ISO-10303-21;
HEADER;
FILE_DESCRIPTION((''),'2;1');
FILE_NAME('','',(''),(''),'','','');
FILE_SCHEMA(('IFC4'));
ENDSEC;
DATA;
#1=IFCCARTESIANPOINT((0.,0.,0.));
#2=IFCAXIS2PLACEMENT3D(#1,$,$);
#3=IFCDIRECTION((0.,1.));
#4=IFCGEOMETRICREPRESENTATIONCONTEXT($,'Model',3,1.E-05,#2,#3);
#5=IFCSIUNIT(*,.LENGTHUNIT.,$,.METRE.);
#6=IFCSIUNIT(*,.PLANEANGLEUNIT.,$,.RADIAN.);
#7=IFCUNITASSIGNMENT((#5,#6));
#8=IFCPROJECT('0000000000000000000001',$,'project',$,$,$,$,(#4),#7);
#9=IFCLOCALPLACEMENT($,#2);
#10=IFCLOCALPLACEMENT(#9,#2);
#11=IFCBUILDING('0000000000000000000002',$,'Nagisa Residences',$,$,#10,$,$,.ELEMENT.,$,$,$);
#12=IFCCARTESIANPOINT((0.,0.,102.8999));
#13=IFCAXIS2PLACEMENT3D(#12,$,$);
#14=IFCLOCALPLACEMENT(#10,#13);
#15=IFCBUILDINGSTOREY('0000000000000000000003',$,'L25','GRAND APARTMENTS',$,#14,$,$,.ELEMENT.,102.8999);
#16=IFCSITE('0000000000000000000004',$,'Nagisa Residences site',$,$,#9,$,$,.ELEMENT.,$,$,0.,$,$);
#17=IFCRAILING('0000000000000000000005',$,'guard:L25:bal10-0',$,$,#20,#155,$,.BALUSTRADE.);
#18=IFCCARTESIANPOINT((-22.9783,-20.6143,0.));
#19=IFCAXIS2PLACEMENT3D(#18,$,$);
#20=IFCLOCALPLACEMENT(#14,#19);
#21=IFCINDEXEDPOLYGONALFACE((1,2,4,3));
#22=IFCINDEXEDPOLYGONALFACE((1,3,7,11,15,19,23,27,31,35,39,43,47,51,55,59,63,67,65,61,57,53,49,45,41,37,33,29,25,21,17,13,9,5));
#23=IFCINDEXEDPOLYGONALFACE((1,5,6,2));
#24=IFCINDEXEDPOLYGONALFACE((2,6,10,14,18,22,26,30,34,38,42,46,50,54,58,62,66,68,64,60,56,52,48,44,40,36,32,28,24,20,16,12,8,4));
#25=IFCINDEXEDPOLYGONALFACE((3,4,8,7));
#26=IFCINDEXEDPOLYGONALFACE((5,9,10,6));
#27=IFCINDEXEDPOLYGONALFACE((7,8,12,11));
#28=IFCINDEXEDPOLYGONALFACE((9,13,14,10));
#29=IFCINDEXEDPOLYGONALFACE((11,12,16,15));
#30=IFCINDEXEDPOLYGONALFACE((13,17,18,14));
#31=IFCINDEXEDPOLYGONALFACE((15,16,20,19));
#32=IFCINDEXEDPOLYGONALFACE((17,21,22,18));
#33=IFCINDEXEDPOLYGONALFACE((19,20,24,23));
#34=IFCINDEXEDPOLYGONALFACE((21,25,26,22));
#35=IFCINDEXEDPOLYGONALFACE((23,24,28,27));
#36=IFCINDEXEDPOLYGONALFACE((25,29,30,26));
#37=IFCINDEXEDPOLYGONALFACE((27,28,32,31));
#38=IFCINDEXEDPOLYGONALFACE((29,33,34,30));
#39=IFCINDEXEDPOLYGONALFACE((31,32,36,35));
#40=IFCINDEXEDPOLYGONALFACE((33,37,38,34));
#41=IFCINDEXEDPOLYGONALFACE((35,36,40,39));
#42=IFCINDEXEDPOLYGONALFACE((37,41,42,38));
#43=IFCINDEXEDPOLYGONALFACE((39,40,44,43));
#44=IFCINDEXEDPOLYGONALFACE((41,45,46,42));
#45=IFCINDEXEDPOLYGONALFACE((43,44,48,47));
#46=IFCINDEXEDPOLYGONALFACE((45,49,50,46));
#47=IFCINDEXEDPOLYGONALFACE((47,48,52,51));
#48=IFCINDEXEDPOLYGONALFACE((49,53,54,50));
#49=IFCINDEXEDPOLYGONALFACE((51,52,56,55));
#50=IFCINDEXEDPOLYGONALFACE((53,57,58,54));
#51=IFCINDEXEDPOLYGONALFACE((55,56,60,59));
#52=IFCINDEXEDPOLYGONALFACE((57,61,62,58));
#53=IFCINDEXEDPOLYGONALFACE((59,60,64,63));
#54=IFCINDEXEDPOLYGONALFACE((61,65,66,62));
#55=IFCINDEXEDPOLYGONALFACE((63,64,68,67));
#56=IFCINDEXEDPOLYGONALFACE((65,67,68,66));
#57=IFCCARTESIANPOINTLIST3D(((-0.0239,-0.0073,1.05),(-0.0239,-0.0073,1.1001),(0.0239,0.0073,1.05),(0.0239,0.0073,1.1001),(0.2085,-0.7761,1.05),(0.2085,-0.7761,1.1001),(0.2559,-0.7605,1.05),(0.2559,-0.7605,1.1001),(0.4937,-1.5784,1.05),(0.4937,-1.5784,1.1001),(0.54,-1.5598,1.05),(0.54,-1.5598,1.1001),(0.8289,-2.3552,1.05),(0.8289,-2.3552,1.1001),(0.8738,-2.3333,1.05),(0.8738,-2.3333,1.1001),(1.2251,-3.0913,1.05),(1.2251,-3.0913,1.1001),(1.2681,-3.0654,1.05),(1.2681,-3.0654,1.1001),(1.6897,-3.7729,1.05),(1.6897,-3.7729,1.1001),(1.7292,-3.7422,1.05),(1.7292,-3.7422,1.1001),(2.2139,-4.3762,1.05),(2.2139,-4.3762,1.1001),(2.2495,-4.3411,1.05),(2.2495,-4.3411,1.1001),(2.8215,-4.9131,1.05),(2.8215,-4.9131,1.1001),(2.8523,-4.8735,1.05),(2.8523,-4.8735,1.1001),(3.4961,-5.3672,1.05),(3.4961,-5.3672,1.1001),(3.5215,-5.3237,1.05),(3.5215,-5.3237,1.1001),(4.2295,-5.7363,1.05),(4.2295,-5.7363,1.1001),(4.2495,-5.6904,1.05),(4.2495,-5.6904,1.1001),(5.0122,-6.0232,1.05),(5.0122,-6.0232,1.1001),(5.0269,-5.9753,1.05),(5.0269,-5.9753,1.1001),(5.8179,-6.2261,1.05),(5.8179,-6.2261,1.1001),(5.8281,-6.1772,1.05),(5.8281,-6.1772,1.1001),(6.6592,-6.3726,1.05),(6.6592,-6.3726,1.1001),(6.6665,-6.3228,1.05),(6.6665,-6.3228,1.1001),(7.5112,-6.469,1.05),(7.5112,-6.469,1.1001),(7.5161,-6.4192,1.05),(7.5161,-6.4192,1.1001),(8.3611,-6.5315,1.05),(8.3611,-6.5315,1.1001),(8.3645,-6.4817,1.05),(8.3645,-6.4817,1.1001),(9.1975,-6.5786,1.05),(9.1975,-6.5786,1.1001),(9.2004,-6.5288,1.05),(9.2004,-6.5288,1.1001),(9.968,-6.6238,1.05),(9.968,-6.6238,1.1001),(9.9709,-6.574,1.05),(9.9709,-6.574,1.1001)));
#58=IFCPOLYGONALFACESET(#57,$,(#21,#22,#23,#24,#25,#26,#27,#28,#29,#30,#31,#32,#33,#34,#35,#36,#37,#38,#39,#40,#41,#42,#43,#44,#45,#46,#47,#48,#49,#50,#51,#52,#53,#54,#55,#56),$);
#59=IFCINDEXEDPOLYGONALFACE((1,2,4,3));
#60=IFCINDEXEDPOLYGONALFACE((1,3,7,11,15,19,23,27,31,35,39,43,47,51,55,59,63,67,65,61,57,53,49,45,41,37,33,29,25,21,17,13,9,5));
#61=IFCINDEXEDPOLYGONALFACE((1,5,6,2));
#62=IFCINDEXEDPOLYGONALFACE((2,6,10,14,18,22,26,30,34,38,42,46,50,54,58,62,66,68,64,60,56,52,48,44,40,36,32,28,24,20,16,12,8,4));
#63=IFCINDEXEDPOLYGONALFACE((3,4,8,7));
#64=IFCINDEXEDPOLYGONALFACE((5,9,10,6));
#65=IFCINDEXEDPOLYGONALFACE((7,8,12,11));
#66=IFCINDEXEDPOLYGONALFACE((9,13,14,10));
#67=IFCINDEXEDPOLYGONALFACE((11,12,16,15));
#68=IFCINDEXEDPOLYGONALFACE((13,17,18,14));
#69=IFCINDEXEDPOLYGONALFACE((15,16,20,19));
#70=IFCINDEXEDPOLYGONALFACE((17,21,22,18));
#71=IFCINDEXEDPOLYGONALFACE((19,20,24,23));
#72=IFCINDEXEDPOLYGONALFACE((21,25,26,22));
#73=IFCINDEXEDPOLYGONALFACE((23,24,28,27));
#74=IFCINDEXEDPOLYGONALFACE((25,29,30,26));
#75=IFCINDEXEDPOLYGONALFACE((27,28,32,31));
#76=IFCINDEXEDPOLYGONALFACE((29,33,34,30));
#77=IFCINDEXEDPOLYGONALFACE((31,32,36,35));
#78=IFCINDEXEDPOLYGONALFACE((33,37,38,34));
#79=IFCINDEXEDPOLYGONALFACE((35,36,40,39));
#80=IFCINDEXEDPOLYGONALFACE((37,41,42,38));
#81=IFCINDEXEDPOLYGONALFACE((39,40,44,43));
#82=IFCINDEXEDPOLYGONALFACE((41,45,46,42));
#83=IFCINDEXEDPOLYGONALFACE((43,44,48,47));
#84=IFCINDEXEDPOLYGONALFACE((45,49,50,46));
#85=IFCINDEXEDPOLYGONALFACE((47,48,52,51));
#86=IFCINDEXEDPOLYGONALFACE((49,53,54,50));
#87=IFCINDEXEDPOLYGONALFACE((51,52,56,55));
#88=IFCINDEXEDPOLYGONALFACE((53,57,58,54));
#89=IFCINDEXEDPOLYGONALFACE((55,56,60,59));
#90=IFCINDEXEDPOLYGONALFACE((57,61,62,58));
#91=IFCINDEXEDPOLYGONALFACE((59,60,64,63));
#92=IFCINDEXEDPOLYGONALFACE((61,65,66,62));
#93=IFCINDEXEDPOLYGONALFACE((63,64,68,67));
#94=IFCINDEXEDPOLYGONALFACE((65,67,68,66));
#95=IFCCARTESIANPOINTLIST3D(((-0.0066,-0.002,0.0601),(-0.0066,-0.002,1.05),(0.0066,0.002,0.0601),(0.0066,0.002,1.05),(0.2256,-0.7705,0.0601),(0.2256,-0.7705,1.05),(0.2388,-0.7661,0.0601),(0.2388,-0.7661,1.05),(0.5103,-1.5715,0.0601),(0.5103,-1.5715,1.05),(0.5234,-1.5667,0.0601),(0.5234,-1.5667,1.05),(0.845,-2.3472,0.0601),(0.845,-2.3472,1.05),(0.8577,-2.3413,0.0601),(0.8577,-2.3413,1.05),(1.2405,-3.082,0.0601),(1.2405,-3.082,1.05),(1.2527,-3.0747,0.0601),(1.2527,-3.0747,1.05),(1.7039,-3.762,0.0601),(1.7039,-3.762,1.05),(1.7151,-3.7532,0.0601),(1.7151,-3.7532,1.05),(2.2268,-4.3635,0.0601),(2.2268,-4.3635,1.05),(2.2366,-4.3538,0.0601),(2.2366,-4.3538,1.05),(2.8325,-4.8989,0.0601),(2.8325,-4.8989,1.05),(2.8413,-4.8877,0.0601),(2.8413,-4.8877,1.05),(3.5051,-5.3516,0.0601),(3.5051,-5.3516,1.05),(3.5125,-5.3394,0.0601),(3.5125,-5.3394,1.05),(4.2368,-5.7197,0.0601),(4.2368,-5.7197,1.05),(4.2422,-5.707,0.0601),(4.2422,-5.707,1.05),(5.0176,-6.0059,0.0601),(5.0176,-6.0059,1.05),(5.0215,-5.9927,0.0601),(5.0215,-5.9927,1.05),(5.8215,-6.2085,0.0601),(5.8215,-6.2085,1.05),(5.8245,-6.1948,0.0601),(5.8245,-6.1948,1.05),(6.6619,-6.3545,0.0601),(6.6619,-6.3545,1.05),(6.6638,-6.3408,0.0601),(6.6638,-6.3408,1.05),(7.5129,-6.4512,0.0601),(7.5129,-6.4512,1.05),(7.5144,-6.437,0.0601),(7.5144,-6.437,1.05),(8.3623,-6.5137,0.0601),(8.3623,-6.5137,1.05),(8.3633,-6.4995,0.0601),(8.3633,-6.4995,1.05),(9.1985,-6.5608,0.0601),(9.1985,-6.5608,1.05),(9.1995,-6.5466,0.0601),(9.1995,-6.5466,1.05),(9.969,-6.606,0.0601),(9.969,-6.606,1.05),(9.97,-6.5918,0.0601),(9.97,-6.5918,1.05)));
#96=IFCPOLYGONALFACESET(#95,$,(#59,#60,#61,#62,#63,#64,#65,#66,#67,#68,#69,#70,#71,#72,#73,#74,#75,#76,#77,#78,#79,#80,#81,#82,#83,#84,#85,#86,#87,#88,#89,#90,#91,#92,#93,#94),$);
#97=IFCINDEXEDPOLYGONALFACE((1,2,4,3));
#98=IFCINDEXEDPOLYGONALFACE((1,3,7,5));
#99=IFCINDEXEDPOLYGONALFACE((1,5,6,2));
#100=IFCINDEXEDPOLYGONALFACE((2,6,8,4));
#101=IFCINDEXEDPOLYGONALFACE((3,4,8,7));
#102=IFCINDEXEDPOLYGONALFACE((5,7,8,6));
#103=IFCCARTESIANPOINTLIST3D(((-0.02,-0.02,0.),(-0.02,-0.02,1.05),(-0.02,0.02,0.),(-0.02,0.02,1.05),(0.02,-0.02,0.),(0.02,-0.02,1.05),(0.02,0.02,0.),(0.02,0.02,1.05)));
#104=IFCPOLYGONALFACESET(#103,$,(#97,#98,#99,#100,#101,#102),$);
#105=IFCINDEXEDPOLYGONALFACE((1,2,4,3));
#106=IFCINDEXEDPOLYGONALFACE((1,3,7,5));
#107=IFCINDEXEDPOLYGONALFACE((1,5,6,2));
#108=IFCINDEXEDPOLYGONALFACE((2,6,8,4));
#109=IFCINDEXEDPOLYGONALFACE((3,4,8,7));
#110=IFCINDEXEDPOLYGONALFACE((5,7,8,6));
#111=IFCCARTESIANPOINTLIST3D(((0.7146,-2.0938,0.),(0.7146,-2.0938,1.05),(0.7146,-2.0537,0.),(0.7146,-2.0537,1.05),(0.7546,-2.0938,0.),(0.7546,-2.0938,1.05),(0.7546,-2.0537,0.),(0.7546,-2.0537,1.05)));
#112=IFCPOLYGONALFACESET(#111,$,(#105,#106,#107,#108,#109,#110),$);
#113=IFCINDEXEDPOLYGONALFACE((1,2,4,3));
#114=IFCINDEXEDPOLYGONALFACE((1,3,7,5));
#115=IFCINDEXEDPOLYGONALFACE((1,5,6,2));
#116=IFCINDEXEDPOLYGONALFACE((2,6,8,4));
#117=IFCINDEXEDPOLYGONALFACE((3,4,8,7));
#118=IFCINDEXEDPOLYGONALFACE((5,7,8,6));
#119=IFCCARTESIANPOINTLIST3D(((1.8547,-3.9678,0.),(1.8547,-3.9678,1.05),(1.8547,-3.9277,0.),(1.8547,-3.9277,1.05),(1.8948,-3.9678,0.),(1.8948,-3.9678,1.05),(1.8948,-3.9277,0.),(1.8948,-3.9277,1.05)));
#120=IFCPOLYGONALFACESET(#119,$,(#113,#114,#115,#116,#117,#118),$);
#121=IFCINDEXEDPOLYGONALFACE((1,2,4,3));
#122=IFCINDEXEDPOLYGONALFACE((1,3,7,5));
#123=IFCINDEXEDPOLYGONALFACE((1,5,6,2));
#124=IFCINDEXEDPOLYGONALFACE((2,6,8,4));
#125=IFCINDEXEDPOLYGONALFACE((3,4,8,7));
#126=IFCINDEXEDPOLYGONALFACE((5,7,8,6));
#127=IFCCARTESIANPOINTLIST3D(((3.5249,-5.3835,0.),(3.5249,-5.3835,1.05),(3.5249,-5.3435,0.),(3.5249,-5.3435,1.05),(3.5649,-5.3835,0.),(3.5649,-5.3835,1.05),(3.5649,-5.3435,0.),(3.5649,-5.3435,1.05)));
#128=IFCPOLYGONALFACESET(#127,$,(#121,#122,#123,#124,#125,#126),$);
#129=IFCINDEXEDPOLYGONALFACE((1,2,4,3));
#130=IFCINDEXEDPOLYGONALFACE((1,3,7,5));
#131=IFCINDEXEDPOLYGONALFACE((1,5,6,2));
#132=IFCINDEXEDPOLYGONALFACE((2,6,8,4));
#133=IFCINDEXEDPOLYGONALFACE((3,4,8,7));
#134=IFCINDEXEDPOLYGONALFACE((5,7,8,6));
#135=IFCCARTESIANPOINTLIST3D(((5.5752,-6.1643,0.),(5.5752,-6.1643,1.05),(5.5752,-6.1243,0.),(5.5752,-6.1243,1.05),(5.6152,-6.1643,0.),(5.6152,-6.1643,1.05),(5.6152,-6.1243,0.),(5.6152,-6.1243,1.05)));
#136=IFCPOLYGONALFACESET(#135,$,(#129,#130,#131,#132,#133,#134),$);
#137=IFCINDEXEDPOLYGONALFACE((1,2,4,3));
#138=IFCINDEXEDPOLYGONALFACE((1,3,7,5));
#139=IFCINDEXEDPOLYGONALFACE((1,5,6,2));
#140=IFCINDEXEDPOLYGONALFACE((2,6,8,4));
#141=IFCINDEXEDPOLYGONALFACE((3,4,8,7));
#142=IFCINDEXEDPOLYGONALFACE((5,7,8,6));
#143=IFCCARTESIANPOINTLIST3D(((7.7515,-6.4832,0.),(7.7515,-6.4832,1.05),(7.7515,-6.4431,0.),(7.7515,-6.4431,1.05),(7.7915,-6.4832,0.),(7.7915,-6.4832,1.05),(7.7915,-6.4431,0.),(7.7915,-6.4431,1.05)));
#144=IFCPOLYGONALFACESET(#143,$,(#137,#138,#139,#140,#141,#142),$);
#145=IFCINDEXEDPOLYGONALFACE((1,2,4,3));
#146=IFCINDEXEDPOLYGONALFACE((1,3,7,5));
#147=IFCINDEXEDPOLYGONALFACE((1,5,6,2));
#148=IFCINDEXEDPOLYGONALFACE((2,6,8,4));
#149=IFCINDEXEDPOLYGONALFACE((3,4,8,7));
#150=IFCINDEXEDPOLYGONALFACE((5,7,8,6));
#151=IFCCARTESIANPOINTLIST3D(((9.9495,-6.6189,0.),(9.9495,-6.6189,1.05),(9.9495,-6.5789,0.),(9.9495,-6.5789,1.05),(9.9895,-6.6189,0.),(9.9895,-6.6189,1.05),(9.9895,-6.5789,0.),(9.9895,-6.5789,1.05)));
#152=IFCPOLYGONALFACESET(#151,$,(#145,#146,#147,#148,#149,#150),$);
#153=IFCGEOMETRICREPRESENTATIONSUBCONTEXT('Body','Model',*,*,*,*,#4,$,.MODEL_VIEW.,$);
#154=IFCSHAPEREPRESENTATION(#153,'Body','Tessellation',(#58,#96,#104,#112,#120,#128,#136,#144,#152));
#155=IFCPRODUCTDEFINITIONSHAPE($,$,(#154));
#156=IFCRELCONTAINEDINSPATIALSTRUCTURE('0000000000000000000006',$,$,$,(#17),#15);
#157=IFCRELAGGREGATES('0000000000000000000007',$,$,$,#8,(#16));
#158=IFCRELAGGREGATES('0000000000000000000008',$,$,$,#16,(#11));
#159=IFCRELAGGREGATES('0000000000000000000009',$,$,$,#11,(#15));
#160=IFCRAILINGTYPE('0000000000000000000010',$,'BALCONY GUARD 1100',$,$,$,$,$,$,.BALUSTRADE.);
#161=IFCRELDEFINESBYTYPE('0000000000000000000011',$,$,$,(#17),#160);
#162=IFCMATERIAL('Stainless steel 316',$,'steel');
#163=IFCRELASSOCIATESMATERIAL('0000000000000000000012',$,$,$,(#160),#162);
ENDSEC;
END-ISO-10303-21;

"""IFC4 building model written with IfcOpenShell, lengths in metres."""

from ifc_helpers import new_model, si_unit, direction, frame, origin, origin_2d, place, context, subcontext, project, spatial, polyline, rectangle, outline, extrude, material, type_object, element, save


model = new_model("IFC4")

# Units and contexts
model_context = context("Model", 3, precision=1e-05, world=origin(), true_north=direction((0.0, 1.0)))
body_context = subcontext(model_context, "Body", "Model", "MODEL_VIEW")
ifc_project = project(units=[si_unit("LENGTHUNIT", "METRE"), si_unit("PLANEANGLEUNIT", "RADIAN")], contexts=[model_context])

# Site, building, storey
site_placement = place(None, origin())
site = spatial("IfcSite", under=ifc_project, at=site_placement, Name="Nagisa Residences site", CompositionType="ELEMENT", RefElevation=0.0)
building_placement = place(site_placement, origin())
building = spatial("IfcBuilding", under=site, at=building_placement, Name="Nagisa Residences", CompositionType="ELEMENT")
storey_placement = place(building_placement, frame((0.0, 0.0, 102.8999)))
storey = spatial("IfcBuildingStorey", under=building, at=storey_placement, Name="L25", Description="GRAND APARTMENTS", CompositionType="ELEMENT", Elevation=102.8999)

# Railing
ifc_material_1 = material(Name="Stainless steel 316", Category="steel")
railing_type = type_object("IfcRailingType", Name="BALCONY GUARD 1100", PredefinedType="BALUSTRADE", material=ifc_material_1)
railing_1_placement = place(storey_placement, frame((-22.9783, -20.6143, 0.0)))
element("IfcRailing", 1, at=railing_1_placement, inside=storey, type_object=railing_type, Name="guard:L25:bal10-0", PredefinedType="BALUSTRADE", context=body_context, shape_type="SweptSolid", body=[
    extrude(outline(polyline([(0.2559, -0.7605), (0.0239, 0.0073), (-0.0239, -0.0073), (0.2085, -0.7761), (0.4937, -1.5784), (0.8289, -2.3552), (1.2251, -3.0913), (1.6897, -3.7729), (2.2139, -4.3762), (2.8215, -4.9131), (3.4961, -5.3672), (4.2295, -5.7363), (5.0122, -6.0232), (5.8179, -6.2261), (6.6592, -6.3726), (7.5112, -6.469), (8.3611, -6.5315), (9.1975, -6.5786), (9.968, -6.6238), (9.9709, -6.574), (9.2004, -6.5288), (8.3645, -6.4817), (7.5161, -6.4192), (6.6665, -6.3228), (5.8281, -6.1772), (5.0269, -5.9753), (4.2495, -5.6904), (3.5215, -5.3237), (2.8523, -4.8735), (2.2495, -4.3411), (1.7292, -3.7422), (1.2681, -3.0654), (0.8738, -2.3333), (0.54, -1.5598), (0.2559, -0.7605)])), frame((0.0, 0.0, 1.05)), (0.0, 0.0, 1.0), 0.05),
    extrude(outline(polyline([(0.2388, -0.7661), (0.0066, 0.002), (-0.0066, -0.002), (0.2256, -0.7705), (0.5103, -1.5715), (0.845, -2.3472), (1.2405, -3.082), (1.7039, -3.762), (2.2268, -4.3635), (2.8325, -4.8989), (3.5051, -5.3516), (4.2368, -5.7197), (5.0176, -6.0059), (5.8215, -6.2085), (6.6619, -6.3545), (7.5129, -6.4512), (8.3623, -6.5137), (9.1985, -6.5608), (9.969, -6.606), (9.97, -6.5918), (9.1995, -6.5466), (8.3633, -6.4995), (7.5144, -6.437), (6.6638, -6.3408), (5.8245, -6.1948), (5.0215, -5.9927), (4.2422, -5.707), (3.5125, -5.3394), (2.8413, -4.8877), (2.2366, -4.3538), (1.7151, -3.7532), (1.2527, -3.0747), (0.8577, -2.3413), (0.5234, -1.5667), (0.2388, -0.7661)])), frame((0.0, 0.0, 0.0601)), (0.0, 0.0, 1.0), 0.99),
    extrude(rectangle(XDim=0.04, YDim=0.04, at=origin_2d()), origin(), (0.0, 0.0, 1.0), 1.05),
    extrude(rectangle(XDim=0.04, YDim=0.04, at=origin_2d()), frame((0.7346, -2.0737, 0.0)), (0.0, 0.0, 1.0), 1.05),
    extrude(rectangle(XDim=0.04, YDim=0.04, at=origin_2d()), frame((1.8748, -3.9478, 0.0)), (0.0, 0.0, 1.0), 1.05),
    extrude(rectangle(XDim=0.04, YDim=0.04, at=origin_2d()), frame((3.5449, -5.3635, 0.0)), (0.0, 0.0, 1.0), 1.05),
    extrude(rectangle(XDim=0.04, YDim=0.04, at=origin_2d()), frame((5.5952, -6.1443, 0.0)), (0.0, 0.0, 1.0), 1.05),
    extrude(rectangle(XDim=0.04, YDim=0.04, at=origin_2d()), frame((7.7715, -6.4631, 0.0)), (0.0, 0.0, 1.0), 1.05),
    extrude(rectangle(XDim=0.04, YDim=0.04, at=origin_2d()), frame((9.9695, -6.5989, 0.0)), (0.0, 0.0, 1.0), 1.05),
])

save(model, "model.ifc")
